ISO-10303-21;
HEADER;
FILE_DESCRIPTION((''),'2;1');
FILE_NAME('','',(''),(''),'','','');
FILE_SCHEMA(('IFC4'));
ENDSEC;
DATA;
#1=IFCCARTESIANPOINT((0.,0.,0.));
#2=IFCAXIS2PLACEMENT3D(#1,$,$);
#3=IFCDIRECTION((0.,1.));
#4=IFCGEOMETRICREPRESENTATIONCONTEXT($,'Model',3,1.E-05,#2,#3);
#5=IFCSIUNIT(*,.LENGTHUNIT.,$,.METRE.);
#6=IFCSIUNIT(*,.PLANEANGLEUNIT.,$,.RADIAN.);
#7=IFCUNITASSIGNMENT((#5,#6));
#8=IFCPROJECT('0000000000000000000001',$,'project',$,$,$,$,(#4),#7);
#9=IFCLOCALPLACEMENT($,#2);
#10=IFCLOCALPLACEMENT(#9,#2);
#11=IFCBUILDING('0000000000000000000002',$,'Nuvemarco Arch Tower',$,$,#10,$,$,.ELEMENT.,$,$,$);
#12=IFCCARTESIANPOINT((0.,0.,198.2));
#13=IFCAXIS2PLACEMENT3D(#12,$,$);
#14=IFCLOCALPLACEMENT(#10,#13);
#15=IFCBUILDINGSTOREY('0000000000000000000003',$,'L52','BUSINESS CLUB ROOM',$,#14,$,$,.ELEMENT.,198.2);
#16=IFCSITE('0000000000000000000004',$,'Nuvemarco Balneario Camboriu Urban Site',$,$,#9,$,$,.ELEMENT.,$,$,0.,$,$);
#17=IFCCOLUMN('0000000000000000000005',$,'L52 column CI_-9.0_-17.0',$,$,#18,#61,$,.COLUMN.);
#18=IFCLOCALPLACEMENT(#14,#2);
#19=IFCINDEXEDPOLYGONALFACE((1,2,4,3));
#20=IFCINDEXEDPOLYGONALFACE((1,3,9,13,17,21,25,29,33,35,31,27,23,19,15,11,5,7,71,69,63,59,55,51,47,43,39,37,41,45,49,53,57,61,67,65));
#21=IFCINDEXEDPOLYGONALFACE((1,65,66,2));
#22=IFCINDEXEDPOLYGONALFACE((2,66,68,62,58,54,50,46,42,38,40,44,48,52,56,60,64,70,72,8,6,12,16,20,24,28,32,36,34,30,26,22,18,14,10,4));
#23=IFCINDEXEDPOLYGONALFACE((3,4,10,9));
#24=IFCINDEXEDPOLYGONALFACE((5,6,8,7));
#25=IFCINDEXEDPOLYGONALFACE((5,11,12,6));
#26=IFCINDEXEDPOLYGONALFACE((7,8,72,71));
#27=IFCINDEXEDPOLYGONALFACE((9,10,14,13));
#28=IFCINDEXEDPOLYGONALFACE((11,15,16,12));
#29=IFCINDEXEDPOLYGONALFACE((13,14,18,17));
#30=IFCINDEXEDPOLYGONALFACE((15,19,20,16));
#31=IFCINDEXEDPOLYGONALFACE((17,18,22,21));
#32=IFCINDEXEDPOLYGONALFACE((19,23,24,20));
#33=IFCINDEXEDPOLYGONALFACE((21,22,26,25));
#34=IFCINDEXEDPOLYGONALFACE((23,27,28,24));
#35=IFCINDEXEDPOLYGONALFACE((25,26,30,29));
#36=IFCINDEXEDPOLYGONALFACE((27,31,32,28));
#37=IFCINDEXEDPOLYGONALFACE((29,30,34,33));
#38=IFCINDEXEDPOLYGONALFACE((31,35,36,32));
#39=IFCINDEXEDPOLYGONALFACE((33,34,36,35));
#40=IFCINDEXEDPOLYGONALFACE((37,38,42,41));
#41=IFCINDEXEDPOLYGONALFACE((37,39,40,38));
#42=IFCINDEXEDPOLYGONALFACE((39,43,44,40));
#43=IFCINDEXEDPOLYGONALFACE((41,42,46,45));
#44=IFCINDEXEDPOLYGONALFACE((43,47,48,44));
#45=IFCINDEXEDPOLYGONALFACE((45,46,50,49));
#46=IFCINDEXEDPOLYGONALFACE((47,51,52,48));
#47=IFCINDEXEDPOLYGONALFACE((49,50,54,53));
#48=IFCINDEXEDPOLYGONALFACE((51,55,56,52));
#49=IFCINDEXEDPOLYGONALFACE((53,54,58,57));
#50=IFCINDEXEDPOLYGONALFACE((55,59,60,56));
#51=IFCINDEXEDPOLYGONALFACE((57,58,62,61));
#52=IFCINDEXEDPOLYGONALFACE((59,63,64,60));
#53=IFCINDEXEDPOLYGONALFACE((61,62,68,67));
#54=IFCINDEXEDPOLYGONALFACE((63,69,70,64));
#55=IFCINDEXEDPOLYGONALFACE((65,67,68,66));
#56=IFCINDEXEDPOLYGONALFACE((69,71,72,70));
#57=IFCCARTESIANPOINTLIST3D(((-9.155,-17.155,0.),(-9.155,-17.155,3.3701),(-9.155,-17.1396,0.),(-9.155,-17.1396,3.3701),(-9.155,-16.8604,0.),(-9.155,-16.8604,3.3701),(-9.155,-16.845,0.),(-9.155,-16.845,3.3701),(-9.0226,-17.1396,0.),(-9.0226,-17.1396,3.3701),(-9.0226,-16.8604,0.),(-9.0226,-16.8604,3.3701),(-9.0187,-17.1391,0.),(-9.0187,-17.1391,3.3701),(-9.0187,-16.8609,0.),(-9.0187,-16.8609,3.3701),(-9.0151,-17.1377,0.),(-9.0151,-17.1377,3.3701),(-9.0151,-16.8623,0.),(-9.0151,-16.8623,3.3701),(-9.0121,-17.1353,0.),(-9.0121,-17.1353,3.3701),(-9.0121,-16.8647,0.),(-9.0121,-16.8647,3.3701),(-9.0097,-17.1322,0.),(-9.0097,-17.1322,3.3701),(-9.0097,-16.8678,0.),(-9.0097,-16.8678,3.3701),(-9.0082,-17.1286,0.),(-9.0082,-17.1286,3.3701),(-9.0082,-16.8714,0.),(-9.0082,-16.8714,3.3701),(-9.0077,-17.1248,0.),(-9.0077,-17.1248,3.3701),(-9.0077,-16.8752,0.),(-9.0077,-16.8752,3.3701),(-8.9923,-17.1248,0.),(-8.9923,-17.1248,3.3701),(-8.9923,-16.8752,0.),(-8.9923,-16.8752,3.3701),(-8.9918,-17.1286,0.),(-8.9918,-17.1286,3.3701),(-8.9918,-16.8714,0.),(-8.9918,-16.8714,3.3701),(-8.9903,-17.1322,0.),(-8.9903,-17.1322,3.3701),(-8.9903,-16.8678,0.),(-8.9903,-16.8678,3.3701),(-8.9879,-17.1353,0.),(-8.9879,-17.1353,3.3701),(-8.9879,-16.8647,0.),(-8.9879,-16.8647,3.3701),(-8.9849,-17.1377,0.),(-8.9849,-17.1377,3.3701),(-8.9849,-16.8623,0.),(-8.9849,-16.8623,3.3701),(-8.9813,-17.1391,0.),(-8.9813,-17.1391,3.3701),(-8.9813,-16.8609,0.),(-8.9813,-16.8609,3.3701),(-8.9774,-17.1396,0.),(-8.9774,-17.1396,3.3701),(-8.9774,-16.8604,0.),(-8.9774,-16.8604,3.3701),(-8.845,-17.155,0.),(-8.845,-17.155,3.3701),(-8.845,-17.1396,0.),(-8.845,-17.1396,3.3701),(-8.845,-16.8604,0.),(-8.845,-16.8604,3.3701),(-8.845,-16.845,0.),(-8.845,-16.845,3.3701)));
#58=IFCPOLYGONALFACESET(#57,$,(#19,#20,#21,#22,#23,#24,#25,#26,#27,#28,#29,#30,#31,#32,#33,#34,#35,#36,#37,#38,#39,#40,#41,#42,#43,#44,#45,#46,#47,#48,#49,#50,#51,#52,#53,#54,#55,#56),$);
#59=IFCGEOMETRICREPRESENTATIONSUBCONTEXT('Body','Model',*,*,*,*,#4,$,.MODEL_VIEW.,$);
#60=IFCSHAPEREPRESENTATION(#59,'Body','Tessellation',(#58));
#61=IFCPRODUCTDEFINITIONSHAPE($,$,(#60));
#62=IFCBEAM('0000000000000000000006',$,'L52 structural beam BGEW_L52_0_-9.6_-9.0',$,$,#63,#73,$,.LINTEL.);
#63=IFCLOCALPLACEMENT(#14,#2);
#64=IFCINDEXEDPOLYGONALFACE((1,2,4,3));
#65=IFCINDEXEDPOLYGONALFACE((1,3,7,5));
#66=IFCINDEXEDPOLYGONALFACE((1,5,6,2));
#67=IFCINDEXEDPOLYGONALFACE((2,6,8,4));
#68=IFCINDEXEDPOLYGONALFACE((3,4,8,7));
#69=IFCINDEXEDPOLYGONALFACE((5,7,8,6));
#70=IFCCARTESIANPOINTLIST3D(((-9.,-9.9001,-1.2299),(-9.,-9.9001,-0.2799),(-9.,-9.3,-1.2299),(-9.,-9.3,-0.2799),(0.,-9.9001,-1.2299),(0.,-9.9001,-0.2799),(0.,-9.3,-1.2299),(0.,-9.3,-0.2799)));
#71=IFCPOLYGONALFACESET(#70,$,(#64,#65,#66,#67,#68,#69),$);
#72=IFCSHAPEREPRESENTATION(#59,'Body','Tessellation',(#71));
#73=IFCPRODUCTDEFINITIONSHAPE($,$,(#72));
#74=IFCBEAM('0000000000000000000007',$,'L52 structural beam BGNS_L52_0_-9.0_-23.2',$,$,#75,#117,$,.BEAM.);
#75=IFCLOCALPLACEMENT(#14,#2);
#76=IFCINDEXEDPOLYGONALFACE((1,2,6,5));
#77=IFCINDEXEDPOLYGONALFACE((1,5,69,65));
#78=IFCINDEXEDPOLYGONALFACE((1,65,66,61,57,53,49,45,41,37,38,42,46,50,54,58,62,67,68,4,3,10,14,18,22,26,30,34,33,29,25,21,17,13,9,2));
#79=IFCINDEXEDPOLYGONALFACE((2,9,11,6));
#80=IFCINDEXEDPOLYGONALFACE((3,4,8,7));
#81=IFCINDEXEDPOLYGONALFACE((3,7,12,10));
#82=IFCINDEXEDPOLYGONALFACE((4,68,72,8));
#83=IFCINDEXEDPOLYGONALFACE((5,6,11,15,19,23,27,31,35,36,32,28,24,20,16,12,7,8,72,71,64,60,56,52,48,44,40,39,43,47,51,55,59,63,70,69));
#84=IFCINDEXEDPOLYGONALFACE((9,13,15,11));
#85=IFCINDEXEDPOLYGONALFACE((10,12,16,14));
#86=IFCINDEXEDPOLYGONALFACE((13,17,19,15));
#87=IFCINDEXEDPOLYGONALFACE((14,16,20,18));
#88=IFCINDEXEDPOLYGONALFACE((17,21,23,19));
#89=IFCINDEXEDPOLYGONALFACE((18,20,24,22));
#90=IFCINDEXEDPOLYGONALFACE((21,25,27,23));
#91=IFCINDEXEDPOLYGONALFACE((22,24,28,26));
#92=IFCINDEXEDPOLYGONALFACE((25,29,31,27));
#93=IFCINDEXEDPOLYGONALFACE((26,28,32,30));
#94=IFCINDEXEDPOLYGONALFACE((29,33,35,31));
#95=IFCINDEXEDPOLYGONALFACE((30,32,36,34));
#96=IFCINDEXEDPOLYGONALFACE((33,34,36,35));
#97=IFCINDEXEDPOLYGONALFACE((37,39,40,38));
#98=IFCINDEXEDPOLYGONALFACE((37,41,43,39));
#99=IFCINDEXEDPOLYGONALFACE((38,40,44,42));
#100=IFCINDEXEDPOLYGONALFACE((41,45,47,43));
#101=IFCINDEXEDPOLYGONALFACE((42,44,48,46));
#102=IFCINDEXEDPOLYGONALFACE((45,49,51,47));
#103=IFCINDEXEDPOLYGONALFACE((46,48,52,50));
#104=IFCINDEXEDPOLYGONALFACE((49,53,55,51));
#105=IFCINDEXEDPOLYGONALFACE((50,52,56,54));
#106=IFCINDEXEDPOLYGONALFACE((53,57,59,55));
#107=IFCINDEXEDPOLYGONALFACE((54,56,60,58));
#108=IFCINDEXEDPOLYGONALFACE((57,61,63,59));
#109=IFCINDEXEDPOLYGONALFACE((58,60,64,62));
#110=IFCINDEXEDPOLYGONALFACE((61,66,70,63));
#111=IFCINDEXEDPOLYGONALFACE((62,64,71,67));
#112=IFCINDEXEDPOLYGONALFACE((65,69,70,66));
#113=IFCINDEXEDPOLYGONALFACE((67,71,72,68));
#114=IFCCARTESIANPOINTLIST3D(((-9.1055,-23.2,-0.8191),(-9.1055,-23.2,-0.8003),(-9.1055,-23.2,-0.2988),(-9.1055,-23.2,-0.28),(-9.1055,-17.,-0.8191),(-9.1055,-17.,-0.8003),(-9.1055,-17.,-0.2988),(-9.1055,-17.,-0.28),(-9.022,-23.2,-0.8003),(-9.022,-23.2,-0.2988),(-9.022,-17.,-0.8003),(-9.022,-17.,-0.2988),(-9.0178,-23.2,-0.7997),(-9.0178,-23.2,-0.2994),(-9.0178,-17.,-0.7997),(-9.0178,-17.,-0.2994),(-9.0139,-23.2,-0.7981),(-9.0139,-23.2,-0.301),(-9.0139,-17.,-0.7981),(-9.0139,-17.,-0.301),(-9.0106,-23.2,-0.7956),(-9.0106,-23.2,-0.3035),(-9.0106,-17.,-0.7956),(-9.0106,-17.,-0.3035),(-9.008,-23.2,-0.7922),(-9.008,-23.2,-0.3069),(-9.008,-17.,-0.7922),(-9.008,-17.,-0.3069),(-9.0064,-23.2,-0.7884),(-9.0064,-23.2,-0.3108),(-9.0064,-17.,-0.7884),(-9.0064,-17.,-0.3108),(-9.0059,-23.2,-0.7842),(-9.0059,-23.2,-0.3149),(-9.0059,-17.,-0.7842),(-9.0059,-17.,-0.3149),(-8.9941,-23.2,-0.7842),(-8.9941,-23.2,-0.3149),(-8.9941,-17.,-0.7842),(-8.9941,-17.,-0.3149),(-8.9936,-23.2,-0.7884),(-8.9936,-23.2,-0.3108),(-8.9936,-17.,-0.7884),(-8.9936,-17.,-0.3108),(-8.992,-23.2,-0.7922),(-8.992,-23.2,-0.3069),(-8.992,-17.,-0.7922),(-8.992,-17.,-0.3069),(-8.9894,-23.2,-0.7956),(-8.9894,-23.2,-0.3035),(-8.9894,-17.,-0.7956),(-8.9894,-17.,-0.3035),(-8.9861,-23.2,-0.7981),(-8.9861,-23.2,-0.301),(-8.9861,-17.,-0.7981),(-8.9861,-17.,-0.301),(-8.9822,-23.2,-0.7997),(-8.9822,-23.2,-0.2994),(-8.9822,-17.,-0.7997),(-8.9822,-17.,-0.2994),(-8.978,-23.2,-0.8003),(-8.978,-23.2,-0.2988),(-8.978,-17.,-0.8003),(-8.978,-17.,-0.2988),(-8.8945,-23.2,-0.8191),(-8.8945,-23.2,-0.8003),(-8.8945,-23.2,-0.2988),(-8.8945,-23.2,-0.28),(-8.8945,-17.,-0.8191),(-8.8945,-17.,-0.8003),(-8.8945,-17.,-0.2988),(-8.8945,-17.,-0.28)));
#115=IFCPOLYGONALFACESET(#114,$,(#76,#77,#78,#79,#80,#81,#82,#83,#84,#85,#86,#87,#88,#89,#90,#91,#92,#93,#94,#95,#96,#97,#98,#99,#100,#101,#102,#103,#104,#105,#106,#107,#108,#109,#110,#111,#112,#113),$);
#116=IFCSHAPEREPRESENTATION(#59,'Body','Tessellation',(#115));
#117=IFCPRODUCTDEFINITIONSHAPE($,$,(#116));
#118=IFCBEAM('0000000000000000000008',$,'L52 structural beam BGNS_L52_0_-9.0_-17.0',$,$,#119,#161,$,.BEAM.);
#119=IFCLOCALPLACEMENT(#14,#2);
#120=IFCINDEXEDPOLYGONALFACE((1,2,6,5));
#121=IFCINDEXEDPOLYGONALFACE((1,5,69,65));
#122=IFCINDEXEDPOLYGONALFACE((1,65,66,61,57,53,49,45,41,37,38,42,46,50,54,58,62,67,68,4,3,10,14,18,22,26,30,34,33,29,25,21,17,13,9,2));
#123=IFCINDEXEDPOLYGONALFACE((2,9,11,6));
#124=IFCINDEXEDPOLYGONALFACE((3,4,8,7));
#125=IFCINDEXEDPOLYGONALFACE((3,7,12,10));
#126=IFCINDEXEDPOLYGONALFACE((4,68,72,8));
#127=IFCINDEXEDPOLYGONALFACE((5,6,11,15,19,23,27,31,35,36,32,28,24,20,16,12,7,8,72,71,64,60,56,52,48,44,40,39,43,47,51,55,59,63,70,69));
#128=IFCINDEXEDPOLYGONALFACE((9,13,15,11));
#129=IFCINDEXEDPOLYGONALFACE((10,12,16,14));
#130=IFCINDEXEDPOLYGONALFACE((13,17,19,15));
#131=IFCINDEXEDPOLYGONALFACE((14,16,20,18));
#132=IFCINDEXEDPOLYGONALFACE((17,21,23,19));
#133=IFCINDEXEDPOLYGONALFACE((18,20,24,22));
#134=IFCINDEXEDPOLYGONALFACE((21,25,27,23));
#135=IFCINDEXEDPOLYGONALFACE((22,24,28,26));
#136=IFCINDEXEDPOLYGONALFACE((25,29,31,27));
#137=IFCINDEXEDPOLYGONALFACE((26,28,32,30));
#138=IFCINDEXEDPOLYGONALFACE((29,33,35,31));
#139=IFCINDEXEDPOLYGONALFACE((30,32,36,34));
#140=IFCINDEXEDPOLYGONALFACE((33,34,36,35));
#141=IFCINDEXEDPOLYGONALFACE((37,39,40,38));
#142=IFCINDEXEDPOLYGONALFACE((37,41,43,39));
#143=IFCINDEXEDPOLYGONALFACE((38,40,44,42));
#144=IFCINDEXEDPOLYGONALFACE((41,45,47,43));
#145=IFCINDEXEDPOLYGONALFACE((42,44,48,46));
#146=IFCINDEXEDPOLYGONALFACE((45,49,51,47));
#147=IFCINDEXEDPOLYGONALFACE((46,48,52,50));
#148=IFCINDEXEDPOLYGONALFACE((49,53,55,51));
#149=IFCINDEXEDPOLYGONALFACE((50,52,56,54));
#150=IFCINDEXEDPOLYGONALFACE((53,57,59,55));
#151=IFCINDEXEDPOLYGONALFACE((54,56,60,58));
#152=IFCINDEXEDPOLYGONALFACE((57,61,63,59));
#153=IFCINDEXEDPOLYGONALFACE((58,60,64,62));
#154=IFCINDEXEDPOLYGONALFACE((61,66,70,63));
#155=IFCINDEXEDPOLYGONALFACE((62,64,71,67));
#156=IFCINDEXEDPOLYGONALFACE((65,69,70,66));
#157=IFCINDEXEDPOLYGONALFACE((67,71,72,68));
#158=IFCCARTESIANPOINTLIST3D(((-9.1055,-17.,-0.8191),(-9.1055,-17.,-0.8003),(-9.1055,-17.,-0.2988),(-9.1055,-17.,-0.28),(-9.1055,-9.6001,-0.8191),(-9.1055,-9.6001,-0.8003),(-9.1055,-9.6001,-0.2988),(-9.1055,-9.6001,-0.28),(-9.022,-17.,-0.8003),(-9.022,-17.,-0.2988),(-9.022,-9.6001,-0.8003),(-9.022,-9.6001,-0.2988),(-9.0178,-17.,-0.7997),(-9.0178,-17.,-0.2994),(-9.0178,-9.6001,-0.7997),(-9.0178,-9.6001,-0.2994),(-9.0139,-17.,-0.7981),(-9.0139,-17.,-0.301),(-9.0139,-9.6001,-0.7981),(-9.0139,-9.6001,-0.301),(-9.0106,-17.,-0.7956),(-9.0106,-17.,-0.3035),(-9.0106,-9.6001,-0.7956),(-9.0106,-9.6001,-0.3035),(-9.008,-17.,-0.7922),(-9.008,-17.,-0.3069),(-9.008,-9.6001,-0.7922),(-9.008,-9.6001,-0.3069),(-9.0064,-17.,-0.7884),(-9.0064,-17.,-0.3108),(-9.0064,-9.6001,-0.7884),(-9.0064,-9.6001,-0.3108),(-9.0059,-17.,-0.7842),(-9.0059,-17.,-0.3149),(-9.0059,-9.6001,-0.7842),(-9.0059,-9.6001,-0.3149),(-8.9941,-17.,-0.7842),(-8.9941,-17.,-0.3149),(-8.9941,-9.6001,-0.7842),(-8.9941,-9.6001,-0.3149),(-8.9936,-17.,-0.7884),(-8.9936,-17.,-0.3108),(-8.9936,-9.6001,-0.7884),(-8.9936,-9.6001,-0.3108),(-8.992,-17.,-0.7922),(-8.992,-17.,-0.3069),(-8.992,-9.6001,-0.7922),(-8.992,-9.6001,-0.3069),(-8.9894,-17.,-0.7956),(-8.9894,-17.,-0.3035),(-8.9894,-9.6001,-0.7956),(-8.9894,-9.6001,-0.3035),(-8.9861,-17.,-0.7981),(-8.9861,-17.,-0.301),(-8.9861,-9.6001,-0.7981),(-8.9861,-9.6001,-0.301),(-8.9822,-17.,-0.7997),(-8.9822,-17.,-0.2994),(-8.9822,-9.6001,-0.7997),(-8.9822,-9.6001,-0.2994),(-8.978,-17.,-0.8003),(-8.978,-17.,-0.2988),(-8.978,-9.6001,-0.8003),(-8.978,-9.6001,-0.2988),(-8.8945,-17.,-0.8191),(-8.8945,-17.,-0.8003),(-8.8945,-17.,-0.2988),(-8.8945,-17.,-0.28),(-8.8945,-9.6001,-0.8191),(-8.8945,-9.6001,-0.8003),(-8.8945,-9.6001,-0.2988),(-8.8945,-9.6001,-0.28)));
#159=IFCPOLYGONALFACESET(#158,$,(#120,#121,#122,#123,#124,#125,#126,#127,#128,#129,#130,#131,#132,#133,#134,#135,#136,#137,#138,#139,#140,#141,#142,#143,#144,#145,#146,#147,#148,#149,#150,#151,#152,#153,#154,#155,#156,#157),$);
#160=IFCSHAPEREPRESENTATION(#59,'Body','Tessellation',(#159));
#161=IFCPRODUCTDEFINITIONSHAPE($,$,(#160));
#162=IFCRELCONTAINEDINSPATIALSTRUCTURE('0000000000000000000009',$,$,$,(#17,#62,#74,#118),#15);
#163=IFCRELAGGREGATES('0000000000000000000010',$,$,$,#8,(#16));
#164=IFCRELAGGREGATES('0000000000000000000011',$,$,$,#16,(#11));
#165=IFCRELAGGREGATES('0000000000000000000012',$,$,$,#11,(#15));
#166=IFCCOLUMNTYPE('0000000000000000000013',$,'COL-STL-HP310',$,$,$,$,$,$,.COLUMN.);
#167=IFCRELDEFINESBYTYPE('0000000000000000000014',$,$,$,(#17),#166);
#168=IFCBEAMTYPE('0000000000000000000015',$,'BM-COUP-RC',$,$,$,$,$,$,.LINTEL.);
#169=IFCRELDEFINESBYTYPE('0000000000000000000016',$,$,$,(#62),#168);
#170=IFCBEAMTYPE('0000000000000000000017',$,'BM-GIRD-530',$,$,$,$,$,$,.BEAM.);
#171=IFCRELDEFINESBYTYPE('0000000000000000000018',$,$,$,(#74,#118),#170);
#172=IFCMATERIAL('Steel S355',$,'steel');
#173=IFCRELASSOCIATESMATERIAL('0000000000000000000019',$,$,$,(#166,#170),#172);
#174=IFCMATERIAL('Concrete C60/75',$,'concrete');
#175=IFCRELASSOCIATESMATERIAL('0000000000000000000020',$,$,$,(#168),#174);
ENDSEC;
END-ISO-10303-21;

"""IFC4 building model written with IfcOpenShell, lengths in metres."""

from ifc_helpers import new_model, si_unit, direction, frame, origin, origin_2d, place, context, subcontext, project, spatial, rectangle, i_section, extrude, material, material_profile, profile_set, type_object, element, save


model = new_model("IFC4")

# Units and contexts
model_context = context("Model", 3, precision=1e-05, world=origin(), true_north=direction((0.0, 1.0)))
body_context = subcontext(model_context, "Body", "Model", "MODEL_VIEW")
ifc_project = project(units=[si_unit("LENGTHUNIT", "METRE"), si_unit("PLANEANGLEUNIT", "RADIAN")], contexts=[model_context])

# Site, building, storey
site_placement = place(None, origin())
site = spatial("IfcSite", under=ifc_project, at=site_placement, Name="Nuvemarco Balneario Camboriu Urban Site", CompositionType="ELEMENT", RefElevation=0.0)
building_placement = place(site_placement, origin())
building = spatial("IfcBuilding", under=site, at=building_placement, Name="Nuvemarco Arch Tower", CompositionType="ELEMENT")
storey_placement = place(building_placement, frame((0.0, 0.0, 198.2)))
storey = spatial("IfcBuildingStorey", under=building, at=storey_placement, Name="L52", Description="BUSINESS CLUB ROOM", CompositionType="ELEMENT", Elevation=198.2)

# Column
ifc_material_1 = material(Name="Steel S355", Category="steel")
ifc_material_profile_1 = material_profile(ifc_material_1, i_section(OverallWidth=0.3101, OverallDepth=0.3101, WebThickness=0.0154, FlangeThickness=0.0154, FilletRadius=0.0149, at=origin_2d()), Name="HP310x110")
ifc_profile_set_1 = profile_set([ifc_material_profile_1], Name="Steel S355")
column_type_1 = type_object("IfcColumnType", Name="COL-STL-HP310", PredefinedType="COLUMN", material=ifc_profile_set_1)
column_1_placement = place(storey_placement, frame((-9.0, -17.0, 0.0), z_axis=(0.0, 0.0, 1.0), x_axis=(1.0, 0.0, 0.0)))
element("IfcColumn", 1, at=column_1_placement, inside=storey, type_object=column_type_1, Name="L52 column CI_-9.0_-17.0", PredefinedType="COLUMN", context=body_context, shape_type="SweptSolid", body=[
    extrude(i_section(OverallWidth=0.3101, OverallDepth=0.3101, WebThickness=0.0154, FlangeThickness=0.0154, FilletRadius=0.0149, at=origin_2d()), origin(), (0.0, 0.0, 1.0), 3.3701),
])

# Beams
ifc_material_2 = material(Name="Concrete C60/75", Category="concrete")
ifc_material_profile_2 = material_profile(ifc_material_2, rectangle(XDim=0.6001, YDim=0.95, at=origin_2d()), Name="RC-BM-600x950")
ifc_profile_set_2 = profile_set([ifc_material_profile_2], Name="Concrete C60/75")
beam_type_1 = type_object("IfcBeamType", Name="BM-COUP-RC", PredefinedType="LINTEL", material=ifc_profile_set_2)
beam_1_placement = place(storey_placement, frame((-9.0, -9.6001, -0.7549), z_axis=(1.0, 0.0, 0.0), x_axis=(0.0, 1.0, 0.0)))
element("IfcBeam", 2, at=beam_1_placement, inside=storey, type_object=beam_type_1, Name="L52 structural beam BGEW_L52_0_-9.6_-9.0", PredefinedType="LINTEL", context=body_context, shape_type="SweptSolid", body=[
    extrude(rectangle(XDim=0.6001, YDim=0.95, at=origin_2d()), origin(), (0.0, 0.0, 1.0), 9.0),
])
ifc_material_profile_3 = material_profile(ifc_material_1, i_section(OverallWidth=0.2109, OverallDepth=0.5391, WebThickness=0.0117, FlangeThickness=0.0188, FilletRadius=0.0161, at=origin_2d()), Name="W530x109")
ifc_profile_set_3 = profile_set([ifc_material_profile_3], Name="Steel S355")
beam_type_2 = type_object("IfcBeamType", Name="BM-GIRD-530", PredefinedType="BEAM", material=ifc_profile_set_3)
beam_2_placement = place(storey_placement, frame((-9.0, -23.2, -0.5496), z_axis=(0.0, 1.0, 0.0), x_axis=(-1.0, 0.0, 0.0)))
element("IfcBeam", 3, at=beam_2_placement, inside=storey, type_object=beam_type_2, Name="L52 structural beam BGNS_L52_0_-9.0_-23.2", PredefinedType="BEAM", context=body_context, shape_type="SweptSolid", body=[
    extrude(i_section(OverallWidth=0.2109, OverallDepth=0.5391, WebThickness=0.0117, FlangeThickness=0.0188, FilletRadius=0.0161, at=origin_2d()), origin(), (0.0, 0.0, 1.0), 6.2),
])
beam_3_placement = place(storey_placement, frame((-9.0, -17.0, -0.5496), z_axis=(0.0, 1.0, 0.0), x_axis=(-1.0, 0.0, 0.0)))
element("IfcBeam", 4, at=beam_3_placement, inside=storey, type_object=beam_type_2, Name="L52 structural beam BGNS_L52_0_-9.0_-17.0", PredefinedType="BEAM", context=body_context, shape_type="SweptSolid", body=[
    extrude(i_section(OverallWidth=0.2109, OverallDepth=0.5391, WebThickness=0.0117, FlangeThickness=0.0188, FilletRadius=0.0161, at=origin_2d()), origin(), (0.0, 0.0, 1.0), 7.3999),
])

save(model, "model.ifc")
